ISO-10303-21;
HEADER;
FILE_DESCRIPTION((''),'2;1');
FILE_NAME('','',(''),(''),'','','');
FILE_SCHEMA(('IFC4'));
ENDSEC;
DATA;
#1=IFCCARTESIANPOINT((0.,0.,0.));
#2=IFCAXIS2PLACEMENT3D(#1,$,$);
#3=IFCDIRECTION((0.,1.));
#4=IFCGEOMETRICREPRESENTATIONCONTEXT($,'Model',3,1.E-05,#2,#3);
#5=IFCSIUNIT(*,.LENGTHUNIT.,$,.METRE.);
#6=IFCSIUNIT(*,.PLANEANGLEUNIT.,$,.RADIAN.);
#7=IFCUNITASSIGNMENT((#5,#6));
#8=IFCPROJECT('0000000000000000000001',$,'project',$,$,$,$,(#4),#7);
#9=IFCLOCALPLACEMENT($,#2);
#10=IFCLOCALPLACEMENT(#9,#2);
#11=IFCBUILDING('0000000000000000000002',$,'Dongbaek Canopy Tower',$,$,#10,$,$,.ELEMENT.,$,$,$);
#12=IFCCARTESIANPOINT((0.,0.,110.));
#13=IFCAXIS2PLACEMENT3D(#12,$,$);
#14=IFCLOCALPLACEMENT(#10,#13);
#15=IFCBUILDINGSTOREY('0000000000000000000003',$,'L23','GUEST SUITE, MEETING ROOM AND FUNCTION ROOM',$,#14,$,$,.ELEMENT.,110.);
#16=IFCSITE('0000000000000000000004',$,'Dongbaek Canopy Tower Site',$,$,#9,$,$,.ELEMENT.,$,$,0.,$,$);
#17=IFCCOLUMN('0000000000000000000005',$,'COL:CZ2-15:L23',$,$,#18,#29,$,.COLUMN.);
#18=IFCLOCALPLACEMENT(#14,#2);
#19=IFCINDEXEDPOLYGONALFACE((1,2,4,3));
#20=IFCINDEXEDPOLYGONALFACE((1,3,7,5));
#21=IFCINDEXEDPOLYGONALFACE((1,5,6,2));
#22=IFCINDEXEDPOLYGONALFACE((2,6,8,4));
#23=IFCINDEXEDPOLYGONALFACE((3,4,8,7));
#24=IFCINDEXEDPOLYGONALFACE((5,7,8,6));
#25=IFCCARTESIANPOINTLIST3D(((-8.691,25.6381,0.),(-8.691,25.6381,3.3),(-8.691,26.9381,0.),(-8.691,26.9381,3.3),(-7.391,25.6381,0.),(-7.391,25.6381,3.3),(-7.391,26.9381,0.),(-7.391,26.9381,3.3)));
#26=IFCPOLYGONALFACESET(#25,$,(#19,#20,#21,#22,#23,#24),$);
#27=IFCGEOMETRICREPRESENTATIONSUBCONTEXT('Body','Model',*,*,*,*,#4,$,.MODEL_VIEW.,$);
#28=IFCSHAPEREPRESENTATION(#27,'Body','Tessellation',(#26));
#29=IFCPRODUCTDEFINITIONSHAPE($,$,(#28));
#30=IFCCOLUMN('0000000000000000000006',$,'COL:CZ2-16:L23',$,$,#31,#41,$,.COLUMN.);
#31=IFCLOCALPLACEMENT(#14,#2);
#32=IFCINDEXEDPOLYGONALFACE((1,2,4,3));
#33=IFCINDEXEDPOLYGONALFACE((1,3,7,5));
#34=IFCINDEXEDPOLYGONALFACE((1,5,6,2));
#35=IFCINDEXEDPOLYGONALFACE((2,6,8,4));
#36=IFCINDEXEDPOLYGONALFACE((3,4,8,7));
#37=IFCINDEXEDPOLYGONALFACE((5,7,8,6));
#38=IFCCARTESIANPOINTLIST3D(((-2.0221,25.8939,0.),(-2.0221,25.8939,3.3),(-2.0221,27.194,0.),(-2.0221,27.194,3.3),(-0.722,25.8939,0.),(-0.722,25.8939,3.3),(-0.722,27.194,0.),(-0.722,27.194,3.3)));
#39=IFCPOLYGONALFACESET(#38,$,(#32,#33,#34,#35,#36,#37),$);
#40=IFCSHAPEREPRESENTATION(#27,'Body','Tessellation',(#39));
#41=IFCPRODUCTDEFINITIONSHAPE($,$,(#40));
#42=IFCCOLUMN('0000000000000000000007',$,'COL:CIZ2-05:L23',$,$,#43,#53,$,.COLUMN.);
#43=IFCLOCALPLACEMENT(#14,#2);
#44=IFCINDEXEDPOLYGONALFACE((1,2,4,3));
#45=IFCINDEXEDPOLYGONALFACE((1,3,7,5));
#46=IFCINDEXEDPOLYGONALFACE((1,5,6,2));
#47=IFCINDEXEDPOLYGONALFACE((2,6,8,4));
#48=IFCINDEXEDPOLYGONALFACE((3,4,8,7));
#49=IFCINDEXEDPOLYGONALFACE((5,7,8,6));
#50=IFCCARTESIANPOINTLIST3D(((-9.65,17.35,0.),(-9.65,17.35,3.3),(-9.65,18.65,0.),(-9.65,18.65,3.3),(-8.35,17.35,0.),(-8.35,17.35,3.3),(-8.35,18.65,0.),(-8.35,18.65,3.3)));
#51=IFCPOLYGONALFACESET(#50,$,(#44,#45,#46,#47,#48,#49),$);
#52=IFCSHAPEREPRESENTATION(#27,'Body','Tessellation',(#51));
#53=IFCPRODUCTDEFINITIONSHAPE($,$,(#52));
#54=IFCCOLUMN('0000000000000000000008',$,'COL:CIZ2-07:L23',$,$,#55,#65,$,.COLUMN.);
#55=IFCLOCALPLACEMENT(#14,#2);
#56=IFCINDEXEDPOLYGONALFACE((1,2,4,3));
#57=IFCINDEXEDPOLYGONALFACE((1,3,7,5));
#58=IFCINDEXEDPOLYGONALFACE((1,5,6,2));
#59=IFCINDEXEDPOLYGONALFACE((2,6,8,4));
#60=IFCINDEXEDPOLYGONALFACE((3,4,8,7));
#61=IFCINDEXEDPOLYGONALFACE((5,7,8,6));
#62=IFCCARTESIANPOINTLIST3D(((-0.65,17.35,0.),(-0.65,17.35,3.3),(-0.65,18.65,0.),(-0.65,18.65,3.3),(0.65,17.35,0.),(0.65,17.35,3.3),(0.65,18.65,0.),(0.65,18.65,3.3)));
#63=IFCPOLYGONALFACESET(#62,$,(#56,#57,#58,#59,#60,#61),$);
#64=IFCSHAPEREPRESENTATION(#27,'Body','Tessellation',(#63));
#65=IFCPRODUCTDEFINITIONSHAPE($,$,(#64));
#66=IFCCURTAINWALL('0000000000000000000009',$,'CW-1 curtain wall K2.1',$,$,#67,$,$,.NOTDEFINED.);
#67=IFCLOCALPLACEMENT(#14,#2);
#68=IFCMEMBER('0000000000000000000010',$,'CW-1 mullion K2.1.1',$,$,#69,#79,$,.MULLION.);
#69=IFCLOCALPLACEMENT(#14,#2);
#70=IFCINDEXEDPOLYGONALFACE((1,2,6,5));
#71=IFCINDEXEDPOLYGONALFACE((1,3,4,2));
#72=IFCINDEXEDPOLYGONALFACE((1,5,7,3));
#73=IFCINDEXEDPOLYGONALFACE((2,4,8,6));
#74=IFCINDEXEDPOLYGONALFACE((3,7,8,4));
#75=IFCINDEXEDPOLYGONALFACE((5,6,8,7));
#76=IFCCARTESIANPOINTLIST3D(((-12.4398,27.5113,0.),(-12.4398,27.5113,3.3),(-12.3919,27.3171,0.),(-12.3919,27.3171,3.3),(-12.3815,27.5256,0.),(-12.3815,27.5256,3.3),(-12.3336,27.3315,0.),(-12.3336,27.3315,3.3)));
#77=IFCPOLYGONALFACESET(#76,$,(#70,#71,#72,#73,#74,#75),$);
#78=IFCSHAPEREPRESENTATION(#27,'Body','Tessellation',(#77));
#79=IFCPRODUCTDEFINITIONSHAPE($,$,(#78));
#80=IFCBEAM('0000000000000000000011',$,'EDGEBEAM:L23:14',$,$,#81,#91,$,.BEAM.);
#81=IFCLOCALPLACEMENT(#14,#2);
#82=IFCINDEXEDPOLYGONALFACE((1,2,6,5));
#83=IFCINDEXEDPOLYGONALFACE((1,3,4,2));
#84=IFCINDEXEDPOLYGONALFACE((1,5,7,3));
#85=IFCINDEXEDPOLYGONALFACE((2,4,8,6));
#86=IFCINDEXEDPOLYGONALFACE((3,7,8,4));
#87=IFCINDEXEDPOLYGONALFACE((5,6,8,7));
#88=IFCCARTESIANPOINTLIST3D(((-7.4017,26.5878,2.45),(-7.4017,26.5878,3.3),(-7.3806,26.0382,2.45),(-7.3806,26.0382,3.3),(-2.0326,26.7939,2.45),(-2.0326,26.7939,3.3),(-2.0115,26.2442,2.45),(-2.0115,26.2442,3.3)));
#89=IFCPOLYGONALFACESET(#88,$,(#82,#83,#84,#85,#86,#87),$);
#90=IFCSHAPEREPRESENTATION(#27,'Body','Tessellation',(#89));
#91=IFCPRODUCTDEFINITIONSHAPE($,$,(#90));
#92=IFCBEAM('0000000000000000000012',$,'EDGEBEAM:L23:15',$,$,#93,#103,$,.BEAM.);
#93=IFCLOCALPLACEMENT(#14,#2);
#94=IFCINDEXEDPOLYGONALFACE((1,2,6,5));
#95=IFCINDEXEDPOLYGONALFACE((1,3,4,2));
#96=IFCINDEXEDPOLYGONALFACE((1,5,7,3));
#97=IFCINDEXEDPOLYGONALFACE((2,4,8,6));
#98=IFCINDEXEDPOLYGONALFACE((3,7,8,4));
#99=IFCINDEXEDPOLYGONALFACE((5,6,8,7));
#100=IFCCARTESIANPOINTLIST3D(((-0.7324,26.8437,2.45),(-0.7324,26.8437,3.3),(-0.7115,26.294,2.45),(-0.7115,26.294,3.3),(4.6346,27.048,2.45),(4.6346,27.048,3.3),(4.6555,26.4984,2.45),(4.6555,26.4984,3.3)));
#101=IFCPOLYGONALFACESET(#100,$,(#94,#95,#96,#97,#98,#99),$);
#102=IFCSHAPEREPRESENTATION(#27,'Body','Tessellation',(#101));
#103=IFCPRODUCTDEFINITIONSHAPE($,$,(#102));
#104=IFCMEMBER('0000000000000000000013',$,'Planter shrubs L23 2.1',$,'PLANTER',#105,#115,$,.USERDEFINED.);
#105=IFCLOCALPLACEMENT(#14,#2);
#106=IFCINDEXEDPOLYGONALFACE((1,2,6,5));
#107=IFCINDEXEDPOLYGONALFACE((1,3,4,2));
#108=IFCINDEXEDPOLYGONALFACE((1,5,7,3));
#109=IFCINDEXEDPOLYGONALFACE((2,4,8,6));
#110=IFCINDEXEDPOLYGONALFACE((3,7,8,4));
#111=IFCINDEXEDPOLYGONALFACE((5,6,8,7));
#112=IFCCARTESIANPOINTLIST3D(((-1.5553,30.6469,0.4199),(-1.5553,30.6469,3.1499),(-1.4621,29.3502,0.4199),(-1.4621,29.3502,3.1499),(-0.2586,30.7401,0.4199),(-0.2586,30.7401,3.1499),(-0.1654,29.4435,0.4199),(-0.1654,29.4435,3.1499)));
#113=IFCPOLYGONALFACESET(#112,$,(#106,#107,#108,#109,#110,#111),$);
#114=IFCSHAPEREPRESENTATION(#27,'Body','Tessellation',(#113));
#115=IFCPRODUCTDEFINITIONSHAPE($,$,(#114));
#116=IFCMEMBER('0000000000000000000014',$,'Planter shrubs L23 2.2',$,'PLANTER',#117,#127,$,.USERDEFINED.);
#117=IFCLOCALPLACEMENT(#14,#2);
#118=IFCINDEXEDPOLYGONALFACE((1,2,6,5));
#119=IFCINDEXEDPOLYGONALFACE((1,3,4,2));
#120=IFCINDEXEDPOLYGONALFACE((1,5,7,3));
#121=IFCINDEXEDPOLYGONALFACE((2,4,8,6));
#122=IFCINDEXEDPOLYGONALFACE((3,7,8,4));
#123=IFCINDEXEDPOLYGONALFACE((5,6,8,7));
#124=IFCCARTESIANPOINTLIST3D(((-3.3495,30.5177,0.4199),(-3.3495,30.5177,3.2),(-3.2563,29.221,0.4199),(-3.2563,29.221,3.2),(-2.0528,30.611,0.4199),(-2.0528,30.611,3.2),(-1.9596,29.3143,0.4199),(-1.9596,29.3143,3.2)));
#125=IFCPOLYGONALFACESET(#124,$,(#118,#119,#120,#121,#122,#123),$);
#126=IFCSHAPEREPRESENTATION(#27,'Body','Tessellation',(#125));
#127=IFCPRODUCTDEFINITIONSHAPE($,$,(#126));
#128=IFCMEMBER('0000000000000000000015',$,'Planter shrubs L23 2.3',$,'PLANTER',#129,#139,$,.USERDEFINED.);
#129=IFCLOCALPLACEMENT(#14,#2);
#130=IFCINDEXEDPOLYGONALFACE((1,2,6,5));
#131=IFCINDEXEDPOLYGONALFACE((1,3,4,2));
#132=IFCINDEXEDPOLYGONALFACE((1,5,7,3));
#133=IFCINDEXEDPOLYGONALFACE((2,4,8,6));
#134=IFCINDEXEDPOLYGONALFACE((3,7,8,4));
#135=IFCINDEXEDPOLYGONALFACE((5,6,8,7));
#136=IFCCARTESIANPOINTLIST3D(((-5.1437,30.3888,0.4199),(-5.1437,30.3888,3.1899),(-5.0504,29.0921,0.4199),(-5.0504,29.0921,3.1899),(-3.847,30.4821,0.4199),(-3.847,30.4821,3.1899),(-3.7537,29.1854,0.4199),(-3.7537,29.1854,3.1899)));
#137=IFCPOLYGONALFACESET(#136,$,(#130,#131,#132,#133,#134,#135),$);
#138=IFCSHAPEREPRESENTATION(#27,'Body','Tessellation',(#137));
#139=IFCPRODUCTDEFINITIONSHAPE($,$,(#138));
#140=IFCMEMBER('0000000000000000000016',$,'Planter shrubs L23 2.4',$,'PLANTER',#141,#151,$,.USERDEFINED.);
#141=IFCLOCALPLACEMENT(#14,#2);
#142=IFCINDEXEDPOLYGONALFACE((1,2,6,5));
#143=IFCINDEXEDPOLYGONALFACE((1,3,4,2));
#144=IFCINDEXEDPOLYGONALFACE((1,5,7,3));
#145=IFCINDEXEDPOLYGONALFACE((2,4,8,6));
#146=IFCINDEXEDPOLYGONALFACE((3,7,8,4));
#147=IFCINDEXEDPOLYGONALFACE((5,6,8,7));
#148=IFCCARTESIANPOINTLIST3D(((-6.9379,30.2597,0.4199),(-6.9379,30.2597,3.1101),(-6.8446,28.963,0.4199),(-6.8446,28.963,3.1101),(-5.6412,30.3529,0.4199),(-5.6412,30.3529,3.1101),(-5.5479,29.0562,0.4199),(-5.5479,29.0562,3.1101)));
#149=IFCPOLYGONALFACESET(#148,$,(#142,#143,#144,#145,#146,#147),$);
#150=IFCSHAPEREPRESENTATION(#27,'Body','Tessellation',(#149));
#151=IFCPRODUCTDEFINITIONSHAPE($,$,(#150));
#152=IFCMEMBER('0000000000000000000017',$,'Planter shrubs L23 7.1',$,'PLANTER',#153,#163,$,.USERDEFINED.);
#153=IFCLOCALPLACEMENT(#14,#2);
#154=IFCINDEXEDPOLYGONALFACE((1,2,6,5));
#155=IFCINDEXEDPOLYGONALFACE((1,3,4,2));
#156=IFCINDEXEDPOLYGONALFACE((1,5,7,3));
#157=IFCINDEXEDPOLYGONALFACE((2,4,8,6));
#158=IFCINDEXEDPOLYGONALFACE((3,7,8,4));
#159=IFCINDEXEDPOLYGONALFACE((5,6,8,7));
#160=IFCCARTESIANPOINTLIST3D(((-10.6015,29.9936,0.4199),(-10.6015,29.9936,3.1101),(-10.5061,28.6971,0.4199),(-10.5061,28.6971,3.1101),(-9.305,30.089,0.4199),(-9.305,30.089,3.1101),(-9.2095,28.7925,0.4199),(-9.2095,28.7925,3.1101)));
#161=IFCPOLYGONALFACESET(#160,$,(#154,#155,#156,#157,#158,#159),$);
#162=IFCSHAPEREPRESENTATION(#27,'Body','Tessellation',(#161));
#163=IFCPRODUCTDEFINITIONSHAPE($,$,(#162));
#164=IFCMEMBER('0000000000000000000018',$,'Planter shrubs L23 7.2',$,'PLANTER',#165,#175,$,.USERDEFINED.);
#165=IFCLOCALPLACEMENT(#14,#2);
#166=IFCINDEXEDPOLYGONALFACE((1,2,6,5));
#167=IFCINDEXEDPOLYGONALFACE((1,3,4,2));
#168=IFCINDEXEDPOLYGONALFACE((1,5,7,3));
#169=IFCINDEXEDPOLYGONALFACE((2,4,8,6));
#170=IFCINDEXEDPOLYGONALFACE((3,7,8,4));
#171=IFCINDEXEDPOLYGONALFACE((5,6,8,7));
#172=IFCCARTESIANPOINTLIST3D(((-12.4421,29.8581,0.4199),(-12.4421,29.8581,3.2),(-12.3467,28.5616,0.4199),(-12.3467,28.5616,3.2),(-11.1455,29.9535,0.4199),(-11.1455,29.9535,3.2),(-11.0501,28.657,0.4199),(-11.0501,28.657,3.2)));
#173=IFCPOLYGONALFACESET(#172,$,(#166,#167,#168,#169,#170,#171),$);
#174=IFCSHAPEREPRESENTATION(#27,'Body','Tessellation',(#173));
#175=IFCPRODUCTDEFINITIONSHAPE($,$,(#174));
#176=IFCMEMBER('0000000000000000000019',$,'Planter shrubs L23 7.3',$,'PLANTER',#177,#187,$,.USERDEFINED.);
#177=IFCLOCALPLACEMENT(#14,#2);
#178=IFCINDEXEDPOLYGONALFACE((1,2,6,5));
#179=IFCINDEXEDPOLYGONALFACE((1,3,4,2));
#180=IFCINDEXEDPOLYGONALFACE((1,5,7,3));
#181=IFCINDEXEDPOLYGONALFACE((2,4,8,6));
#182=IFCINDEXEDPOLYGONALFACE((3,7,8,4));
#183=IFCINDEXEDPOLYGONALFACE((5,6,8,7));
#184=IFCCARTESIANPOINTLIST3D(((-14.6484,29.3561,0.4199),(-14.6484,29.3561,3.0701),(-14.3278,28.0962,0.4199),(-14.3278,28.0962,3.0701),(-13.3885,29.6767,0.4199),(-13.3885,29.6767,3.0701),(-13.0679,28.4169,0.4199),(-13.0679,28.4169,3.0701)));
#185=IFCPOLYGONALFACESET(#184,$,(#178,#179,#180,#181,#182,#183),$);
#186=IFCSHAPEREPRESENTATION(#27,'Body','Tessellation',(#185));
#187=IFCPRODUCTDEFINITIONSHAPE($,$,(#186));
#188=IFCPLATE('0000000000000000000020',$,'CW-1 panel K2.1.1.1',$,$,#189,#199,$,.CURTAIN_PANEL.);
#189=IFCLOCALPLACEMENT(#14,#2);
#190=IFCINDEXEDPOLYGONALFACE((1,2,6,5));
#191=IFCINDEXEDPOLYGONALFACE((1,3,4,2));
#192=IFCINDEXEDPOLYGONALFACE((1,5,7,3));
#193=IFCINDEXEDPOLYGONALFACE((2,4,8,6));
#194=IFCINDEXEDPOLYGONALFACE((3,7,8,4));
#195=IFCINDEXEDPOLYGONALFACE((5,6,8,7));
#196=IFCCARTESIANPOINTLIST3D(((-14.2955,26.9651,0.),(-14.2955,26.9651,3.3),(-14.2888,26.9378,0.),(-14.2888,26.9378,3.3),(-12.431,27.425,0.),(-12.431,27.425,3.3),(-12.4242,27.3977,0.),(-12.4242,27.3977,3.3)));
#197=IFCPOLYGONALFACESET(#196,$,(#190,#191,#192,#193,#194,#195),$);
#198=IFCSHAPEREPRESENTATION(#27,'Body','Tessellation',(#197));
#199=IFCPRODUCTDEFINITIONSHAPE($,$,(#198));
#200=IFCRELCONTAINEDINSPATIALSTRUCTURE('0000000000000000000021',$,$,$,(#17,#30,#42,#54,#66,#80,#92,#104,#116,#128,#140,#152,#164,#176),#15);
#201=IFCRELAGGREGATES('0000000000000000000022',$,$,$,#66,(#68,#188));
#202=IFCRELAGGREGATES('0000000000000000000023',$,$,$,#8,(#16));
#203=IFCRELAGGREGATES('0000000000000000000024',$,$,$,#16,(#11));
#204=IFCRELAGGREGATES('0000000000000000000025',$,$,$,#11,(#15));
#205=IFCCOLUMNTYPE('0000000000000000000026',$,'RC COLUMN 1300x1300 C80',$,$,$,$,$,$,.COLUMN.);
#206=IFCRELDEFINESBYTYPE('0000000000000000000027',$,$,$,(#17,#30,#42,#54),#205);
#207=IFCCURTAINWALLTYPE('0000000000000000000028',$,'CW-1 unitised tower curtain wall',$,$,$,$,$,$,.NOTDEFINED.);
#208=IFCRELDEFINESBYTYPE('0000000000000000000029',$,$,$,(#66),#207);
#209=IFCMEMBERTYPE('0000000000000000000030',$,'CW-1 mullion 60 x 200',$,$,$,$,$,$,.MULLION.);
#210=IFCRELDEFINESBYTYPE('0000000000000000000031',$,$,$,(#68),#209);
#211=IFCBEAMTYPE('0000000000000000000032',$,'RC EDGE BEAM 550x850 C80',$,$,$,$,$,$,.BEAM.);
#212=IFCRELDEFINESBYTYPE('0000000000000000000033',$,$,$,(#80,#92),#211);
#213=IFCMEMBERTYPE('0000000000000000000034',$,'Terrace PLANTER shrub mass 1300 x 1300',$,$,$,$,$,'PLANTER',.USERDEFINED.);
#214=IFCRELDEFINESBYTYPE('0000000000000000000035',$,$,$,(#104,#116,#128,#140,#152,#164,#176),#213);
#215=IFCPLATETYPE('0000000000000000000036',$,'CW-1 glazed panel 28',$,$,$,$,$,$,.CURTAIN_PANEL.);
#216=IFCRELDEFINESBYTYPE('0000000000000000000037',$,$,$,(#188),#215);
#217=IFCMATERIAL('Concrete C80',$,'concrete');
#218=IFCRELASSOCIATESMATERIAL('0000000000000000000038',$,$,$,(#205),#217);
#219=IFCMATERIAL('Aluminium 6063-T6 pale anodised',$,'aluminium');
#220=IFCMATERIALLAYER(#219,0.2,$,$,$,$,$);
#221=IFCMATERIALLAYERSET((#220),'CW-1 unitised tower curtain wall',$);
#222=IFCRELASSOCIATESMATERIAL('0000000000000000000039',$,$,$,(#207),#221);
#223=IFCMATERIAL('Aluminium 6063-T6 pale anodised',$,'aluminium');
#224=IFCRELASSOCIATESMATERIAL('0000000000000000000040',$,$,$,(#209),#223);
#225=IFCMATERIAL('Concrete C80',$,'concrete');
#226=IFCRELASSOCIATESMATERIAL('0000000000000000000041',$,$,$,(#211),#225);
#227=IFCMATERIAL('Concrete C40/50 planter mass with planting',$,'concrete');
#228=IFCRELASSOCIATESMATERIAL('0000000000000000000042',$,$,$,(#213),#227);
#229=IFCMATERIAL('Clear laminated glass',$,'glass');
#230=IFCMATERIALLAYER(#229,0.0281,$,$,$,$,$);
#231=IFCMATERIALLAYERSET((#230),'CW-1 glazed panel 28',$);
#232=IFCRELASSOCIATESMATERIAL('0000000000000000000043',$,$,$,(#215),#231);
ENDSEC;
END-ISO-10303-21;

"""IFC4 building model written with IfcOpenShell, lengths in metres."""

from ifc_helpers import new_model, si_unit, direction, frame, origin, origin_2d, place, context, subcontext, project, spatial, rectangle, extrude, material, layer, layer_set, material_profile, profile_set, type_object, element, aggregate, save


model = new_model("IFC4")

# Units and contexts
model_context = context("Model", 3, precision=1e-05, world=origin(), true_north=direction((0.0, 1.0)))
body_context = subcontext(model_context, "Body", "Model", "MODEL_VIEW")
ifc_project = project(units=[si_unit("LENGTHUNIT", "METRE"), si_unit("PLANEANGLEUNIT", "RADIAN")], contexts=[model_context])

# Site, building, storey
site_placement = place(None, origin())
site = spatial("IfcSite", under=ifc_project, at=site_placement, Name="Dongbaek Canopy Tower Site", CompositionType="ELEMENT", RefElevation=0.0)
building_placement = place(site_placement, origin())
building = spatial("IfcBuilding", under=site, at=building_placement, Name="Dongbaek Canopy Tower", CompositionType="ELEMENT")
storey_placement = place(building_placement, frame((0.0, 0.0, 110.0)))
storey = spatial("IfcBuildingStorey", under=building, at=storey_placement, Name="L23", Description="GUEST SUITE, MEETING ROOM AND FUNCTION ROOM", CompositionType="ELEMENT", Elevation=110.0)

# Columns
ifc_material_1 = material(Name="Concrete C80", Category="concrete")
ifc_material_profile_1 = material_profile(ifc_material_1, rectangle(XDim=1.3, YDim=1.3, at=origin_2d()), Name="RC COLUMN 1300x1300 C80")
ifc_profile_set_1 = profile_set([ifc_material_profile_1], Name="Concrete C80")
column_type = type_object("IfcColumnType", Name="RC COLUMN 1300x1300 C80", PredefinedType="COLUMN", material=ifc_profile_set_1)
for number, where, z_axis, x_axis, name in (
    (1, (-8.041, 26.2881, 0.0), (0.0, 0.0, 1.0), (1.0, 0.0, 0.0), "COL:CZ2-15:L23"),
    (2, (-1.3721, 26.5439, 0.0), (0.0, 0.0, 1.0), (1.0, 0.0, 0.0), "COL:CZ2-16:L23"),
    (3, (-9.0, 18.0, 0.0), (0.0, 0.0, 1.0), (1.0, 0.0, 0.0), "COL:CIZ2-05:L23"),
    (4, (0.0, 18.0, 0.0), (0.0, 0.0, 1.0), (1.0, 0.0, 0.0), "COL:CIZ2-07:L23"),
):
    element("IfcColumn", number, at=place(storey_placement, frame(where, z_axis=z_axis, x_axis=x_axis)), inside=storey, type_object=column_type, Name=name, PredefinedType="COLUMN", context=body_context, shape_type="SweptSolid", body=[
        extrude(rectangle(XDim=1.3, YDim=1.3, at=origin_2d()), origin(), (0.0, 0.0, 1.0), 3.3),
    ])

# Curtain wall, member
ifc_material_2 = material(Name="Aluminium 6063-T6 pale anodised", Category="aluminium")
ifc_layer_1 = layer(ifc_material_2, 0.2)
ifc_layer_set_1 = layer_set([ifc_layer_1], Name="CW-1 unitised tower curtain wall")
curtain_wall_type = type_object("IfcCurtainWallType", Name="CW-1 unitised tower curtain wall", PredefinedType="NOTDEFINED", material=ifc_layer_set_1)
curtain_wall_placement = place(storey_placement, origin())
curtain_wall = element("IfcCurtainWall", 5, at=curtain_wall_placement, inside=storey, type_object=curtain_wall_type, Name="CW-1 curtain wall K2.1", PredefinedType="NOTDEFINED")
ifc_material_3 = material(Name="Aluminium 6063-T6 pale anodised", Category="aluminium")
ifc_material_profile_2 = material_profile(ifc_material_3, rectangle(XDim=0.2, YDim=0.0601, at=origin_2d()), Name="CW-1 mullion 60 x 200")
ifc_profile_set_2 = profile_set([ifc_material_profile_2], Name="Aluminium 6063-T6 pale anodised")
member_type_1 = type_object("IfcMemberType", Name="CW-1 mullion 60 x 200", PredefinedType="MULLION", material=ifc_profile_set_2)
member_1_placement = place(storey_placement, frame((-12.3867, 27.4214, 0.0), z_axis=(0.0, 0.0, 1.0), x_axis=(-0.239456, 0.970907, 0.0)))
member_1 = element("IfcMember", 6, at=member_1_placement, type_object=member_type_1, Name="CW-1 mullion K2.1.1", PredefinedType="MULLION", context=body_context, shape_type="SweptSolid", body=[
    extrude(rectangle(XDim=0.2, YDim=0.0601, at=origin_2d()), origin(), (0.0, 0.0, 1.0), 3.3),
])

# Beams
ifc_material_4 = material(Name="Concrete C80", Category="concrete")
ifc_material_profile_3 = material_profile(ifc_material_4, rectangle(XDim=0.55, YDim=0.8501, at=origin_2d()), Name="RC EDGE BEAM 550x850 C80")
ifc_profile_set_3 = profile_set([ifc_material_profile_3], Name="Concrete C80")
beam_type = type_object("IfcBeamType", Name="RC EDGE BEAM 550x850 C80", PredefinedType="BEAM", material=ifc_profile_set_3)
beam_1_placement = place(storey_placement, frame((-7.3911, 26.313, 2.875), z_axis=(0.999264, 0.038349, 0.0), x_axis=(-0.038349, 0.999264, 0.0)))
element("IfcBeam", 7, at=beam_1_placement, inside=storey, type_object=beam_type, Name="EDGEBEAM:L23:14", PredefinedType="BEAM", context=body_context, shape_type="SweptSolid", body=[
    extrude(rectangle(XDim=0.55, YDim=0.8501, at=origin_2d()), origin(), (0.0, 0.0, 1.0), 5.373),
])
beam_2_placement = place(storey_placement, frame((-0.7219, 26.5688, 2.875), z_axis=(0.999276, 0.038047, 0.0), x_axis=(-0.038047, 0.999276, 0.0)))
element("IfcBeam", 8, at=beam_2_placement, inside=storey, type_object=beam_type, Name="EDGEBEAM:L23:15", PredefinedType="BEAM", context=body_context, shape_type="SweptSolid", body=[
    extrude(rectangle(XDim=0.55, YDim=0.8501, at=origin_2d()), origin(), (0.0, 0.0, 1.0), 5.3708),
])

# Members
ifc_material_5 = material(Name="Concrete C40/50 planter mass with planting", Category="concrete")
ifc_material_profile_4 = material_profile(ifc_material_5, rectangle(XDim=1.3, YDim=1.3, at=origin_2d()), Name="Terrace PLANTER shrub mass 1300 x 1300")
ifc_profile_set_4 = profile_set([ifc_material_profile_4], Name="Concrete C40/50 planter mass with planting")
member_type_2 = type_object("IfcMemberType", Name="Terrace PLANTER shrub mass 1300 x 1300", ElementType="PLANTER", PredefinedType="USERDEFINED", material=ifc_profile_set_4)
member_2_placement = place(storey_placement, frame((-0.8604, 30.0452, 0.4199), z_axis=(0.0, 0.0, 1.0), x_axis=(-0.071743, 0.997423, 0.0)))
element("IfcMember", 9, at=member_2_placement, inside=storey, type_object=member_type_2, Name="Planter shrubs L23 2.1", ObjectType="PLANTER", PredefinedType="USERDEFINED", context=body_context, shape_type="SweptSolid", body=[
    extrude(rectangle(XDim=1.3, YDim=1.3, at=origin_2d()), origin(), (0.0, 0.0, 1.0), 2.73),
])
member_3_placement = place(storey_placement, frame((-2.6545, 29.916, 0.4199), z_axis=(0.0, 0.0, 1.0), x_axis=(-0.071743, 0.997423, 0.0)))
element("IfcMember", 10, at=member_3_placement, inside=storey, type_object=member_type_2, Name="Planter shrubs L23 2.2", ObjectType="PLANTER", PredefinedType="USERDEFINED", context=body_context, shape_type="SweptSolid", body=[
    extrude(rectangle(XDim=1.3, YDim=1.3, at=origin_2d()), origin(), (0.0, 0.0, 1.0), 2.78),
])
member_4_placement = place(storey_placement, frame((-4.4487, 29.7871, 0.4199), z_axis=(0.0, 0.0, 1.0), x_axis=(-0.071743, 0.997423, 0.0)))
element("IfcMember", 11, at=member_4_placement, inside=storey, type_object=member_type_2, Name="Planter shrubs L23 2.3", ObjectType="PLANTER", PredefinedType="USERDEFINED", context=body_context, shape_type="SweptSolid", body=[
    extrude(rectangle(XDim=1.3, YDim=1.3, at=origin_2d()), origin(), (0.0, 0.0, 1.0), 2.77),
])
for number, where, z_axis, x_axis, name in (
    (12, (-6.2429, 29.658, 0.4199), (0.0, 0.0, 1.0), (-0.071743, 0.997423, 0.0), "Planter shrubs L23 2.4"),
    (13, (-9.9055, 29.3931, 0.4199), (0.0, 0.0, 1.0), (-0.073391, 0.997303, 0.0), "Planter shrubs L23 7.1"),
):
    element("IfcMember", number, at=place(storey_placement, frame(where, z_axis=z_axis, x_axis=x_axis)), inside=storey, type_object=member_type_2, Name=name, ObjectType="PLANTER", PredefinedType="USERDEFINED", context=body_context, shape_type="SweptSolid", body=[
        extrude(rectangle(XDim=1.3, YDim=1.3, at=origin_2d()), origin(), (0.0, 0.0, 1.0), 2.6902),
    ])
member_5_placement = place(storey_placement, frame((-11.7461, 29.2576, 0.4199), z_axis=(0.0, 0.0, 1.0), x_axis=(-0.073391, 0.997303, 0.0)))
element("IfcMember", 14, at=member_5_placement, inside=storey, type_object=member_type_2, Name="Planter shrubs L23 7.2", ObjectType="PLANTER", PredefinedType="USERDEFINED", context=body_context, shape_type="SweptSolid", body=[
    extrude(rectangle(XDim=1.3, YDim=1.3, at=origin_2d()), origin(), (0.0, 0.0, 1.0), 2.78),
])
member_6_placement = place(storey_placement, frame((-13.8582, 28.8865, 0.4199), z_axis=(0.0, 0.0, 1.0), x_axis=(-0.246657, 0.969103, 0.0)))
element("IfcMember", 15, at=member_6_placement, inside=storey, type_object=member_type_2, Name="Planter shrubs L23 7.3", ObjectType="PLANTER", PredefinedType="USERDEFINED", context=body_context, shape_type="SweptSolid", body=[
    extrude(rectangle(XDim=1.3, YDim=1.3, at=origin_2d()), origin(), (0.0, 0.0, 1.0), 2.6501),
])

# Plate
ifc_material_6 = material(Name="Clear laminated glass", Category="glass")
ifc_layer_2 = layer(ifc_material_6, 0.0281)
ifc_layer_set_2 = layer_set([ifc_layer_2], Name="CW-1 glazed panel 28")
plate_type = type_object("IfcPlateType", Name="CW-1 glazed panel 28", PredefinedType="CURTAIN_PANEL", material=ifc_layer_set_2)
plate_placement = place(storey_placement, frame((-13.3599, 27.1814, 0.0), z_axis=(0.0, 0.0, 1.0), x_axis=(-0.970907, -0.239456, 0.0)))
plate = element("IfcPlate", 16, at=plate_placement, type_object=plate_type, Name="CW-1 panel K2.1.1.1", PredefinedType="CURTAIN_PANEL", context=body_context, shape_type="SweptSolid", body=[
    extrude(rectangle(XDim=1.9204, YDim=0.0281, at=origin_2d()), origin(), (0.0, 0.0, 1.0), 3.3),
])
aggregate(curtain_wall, [member_1, plate])

save(model, "model.ifc")
